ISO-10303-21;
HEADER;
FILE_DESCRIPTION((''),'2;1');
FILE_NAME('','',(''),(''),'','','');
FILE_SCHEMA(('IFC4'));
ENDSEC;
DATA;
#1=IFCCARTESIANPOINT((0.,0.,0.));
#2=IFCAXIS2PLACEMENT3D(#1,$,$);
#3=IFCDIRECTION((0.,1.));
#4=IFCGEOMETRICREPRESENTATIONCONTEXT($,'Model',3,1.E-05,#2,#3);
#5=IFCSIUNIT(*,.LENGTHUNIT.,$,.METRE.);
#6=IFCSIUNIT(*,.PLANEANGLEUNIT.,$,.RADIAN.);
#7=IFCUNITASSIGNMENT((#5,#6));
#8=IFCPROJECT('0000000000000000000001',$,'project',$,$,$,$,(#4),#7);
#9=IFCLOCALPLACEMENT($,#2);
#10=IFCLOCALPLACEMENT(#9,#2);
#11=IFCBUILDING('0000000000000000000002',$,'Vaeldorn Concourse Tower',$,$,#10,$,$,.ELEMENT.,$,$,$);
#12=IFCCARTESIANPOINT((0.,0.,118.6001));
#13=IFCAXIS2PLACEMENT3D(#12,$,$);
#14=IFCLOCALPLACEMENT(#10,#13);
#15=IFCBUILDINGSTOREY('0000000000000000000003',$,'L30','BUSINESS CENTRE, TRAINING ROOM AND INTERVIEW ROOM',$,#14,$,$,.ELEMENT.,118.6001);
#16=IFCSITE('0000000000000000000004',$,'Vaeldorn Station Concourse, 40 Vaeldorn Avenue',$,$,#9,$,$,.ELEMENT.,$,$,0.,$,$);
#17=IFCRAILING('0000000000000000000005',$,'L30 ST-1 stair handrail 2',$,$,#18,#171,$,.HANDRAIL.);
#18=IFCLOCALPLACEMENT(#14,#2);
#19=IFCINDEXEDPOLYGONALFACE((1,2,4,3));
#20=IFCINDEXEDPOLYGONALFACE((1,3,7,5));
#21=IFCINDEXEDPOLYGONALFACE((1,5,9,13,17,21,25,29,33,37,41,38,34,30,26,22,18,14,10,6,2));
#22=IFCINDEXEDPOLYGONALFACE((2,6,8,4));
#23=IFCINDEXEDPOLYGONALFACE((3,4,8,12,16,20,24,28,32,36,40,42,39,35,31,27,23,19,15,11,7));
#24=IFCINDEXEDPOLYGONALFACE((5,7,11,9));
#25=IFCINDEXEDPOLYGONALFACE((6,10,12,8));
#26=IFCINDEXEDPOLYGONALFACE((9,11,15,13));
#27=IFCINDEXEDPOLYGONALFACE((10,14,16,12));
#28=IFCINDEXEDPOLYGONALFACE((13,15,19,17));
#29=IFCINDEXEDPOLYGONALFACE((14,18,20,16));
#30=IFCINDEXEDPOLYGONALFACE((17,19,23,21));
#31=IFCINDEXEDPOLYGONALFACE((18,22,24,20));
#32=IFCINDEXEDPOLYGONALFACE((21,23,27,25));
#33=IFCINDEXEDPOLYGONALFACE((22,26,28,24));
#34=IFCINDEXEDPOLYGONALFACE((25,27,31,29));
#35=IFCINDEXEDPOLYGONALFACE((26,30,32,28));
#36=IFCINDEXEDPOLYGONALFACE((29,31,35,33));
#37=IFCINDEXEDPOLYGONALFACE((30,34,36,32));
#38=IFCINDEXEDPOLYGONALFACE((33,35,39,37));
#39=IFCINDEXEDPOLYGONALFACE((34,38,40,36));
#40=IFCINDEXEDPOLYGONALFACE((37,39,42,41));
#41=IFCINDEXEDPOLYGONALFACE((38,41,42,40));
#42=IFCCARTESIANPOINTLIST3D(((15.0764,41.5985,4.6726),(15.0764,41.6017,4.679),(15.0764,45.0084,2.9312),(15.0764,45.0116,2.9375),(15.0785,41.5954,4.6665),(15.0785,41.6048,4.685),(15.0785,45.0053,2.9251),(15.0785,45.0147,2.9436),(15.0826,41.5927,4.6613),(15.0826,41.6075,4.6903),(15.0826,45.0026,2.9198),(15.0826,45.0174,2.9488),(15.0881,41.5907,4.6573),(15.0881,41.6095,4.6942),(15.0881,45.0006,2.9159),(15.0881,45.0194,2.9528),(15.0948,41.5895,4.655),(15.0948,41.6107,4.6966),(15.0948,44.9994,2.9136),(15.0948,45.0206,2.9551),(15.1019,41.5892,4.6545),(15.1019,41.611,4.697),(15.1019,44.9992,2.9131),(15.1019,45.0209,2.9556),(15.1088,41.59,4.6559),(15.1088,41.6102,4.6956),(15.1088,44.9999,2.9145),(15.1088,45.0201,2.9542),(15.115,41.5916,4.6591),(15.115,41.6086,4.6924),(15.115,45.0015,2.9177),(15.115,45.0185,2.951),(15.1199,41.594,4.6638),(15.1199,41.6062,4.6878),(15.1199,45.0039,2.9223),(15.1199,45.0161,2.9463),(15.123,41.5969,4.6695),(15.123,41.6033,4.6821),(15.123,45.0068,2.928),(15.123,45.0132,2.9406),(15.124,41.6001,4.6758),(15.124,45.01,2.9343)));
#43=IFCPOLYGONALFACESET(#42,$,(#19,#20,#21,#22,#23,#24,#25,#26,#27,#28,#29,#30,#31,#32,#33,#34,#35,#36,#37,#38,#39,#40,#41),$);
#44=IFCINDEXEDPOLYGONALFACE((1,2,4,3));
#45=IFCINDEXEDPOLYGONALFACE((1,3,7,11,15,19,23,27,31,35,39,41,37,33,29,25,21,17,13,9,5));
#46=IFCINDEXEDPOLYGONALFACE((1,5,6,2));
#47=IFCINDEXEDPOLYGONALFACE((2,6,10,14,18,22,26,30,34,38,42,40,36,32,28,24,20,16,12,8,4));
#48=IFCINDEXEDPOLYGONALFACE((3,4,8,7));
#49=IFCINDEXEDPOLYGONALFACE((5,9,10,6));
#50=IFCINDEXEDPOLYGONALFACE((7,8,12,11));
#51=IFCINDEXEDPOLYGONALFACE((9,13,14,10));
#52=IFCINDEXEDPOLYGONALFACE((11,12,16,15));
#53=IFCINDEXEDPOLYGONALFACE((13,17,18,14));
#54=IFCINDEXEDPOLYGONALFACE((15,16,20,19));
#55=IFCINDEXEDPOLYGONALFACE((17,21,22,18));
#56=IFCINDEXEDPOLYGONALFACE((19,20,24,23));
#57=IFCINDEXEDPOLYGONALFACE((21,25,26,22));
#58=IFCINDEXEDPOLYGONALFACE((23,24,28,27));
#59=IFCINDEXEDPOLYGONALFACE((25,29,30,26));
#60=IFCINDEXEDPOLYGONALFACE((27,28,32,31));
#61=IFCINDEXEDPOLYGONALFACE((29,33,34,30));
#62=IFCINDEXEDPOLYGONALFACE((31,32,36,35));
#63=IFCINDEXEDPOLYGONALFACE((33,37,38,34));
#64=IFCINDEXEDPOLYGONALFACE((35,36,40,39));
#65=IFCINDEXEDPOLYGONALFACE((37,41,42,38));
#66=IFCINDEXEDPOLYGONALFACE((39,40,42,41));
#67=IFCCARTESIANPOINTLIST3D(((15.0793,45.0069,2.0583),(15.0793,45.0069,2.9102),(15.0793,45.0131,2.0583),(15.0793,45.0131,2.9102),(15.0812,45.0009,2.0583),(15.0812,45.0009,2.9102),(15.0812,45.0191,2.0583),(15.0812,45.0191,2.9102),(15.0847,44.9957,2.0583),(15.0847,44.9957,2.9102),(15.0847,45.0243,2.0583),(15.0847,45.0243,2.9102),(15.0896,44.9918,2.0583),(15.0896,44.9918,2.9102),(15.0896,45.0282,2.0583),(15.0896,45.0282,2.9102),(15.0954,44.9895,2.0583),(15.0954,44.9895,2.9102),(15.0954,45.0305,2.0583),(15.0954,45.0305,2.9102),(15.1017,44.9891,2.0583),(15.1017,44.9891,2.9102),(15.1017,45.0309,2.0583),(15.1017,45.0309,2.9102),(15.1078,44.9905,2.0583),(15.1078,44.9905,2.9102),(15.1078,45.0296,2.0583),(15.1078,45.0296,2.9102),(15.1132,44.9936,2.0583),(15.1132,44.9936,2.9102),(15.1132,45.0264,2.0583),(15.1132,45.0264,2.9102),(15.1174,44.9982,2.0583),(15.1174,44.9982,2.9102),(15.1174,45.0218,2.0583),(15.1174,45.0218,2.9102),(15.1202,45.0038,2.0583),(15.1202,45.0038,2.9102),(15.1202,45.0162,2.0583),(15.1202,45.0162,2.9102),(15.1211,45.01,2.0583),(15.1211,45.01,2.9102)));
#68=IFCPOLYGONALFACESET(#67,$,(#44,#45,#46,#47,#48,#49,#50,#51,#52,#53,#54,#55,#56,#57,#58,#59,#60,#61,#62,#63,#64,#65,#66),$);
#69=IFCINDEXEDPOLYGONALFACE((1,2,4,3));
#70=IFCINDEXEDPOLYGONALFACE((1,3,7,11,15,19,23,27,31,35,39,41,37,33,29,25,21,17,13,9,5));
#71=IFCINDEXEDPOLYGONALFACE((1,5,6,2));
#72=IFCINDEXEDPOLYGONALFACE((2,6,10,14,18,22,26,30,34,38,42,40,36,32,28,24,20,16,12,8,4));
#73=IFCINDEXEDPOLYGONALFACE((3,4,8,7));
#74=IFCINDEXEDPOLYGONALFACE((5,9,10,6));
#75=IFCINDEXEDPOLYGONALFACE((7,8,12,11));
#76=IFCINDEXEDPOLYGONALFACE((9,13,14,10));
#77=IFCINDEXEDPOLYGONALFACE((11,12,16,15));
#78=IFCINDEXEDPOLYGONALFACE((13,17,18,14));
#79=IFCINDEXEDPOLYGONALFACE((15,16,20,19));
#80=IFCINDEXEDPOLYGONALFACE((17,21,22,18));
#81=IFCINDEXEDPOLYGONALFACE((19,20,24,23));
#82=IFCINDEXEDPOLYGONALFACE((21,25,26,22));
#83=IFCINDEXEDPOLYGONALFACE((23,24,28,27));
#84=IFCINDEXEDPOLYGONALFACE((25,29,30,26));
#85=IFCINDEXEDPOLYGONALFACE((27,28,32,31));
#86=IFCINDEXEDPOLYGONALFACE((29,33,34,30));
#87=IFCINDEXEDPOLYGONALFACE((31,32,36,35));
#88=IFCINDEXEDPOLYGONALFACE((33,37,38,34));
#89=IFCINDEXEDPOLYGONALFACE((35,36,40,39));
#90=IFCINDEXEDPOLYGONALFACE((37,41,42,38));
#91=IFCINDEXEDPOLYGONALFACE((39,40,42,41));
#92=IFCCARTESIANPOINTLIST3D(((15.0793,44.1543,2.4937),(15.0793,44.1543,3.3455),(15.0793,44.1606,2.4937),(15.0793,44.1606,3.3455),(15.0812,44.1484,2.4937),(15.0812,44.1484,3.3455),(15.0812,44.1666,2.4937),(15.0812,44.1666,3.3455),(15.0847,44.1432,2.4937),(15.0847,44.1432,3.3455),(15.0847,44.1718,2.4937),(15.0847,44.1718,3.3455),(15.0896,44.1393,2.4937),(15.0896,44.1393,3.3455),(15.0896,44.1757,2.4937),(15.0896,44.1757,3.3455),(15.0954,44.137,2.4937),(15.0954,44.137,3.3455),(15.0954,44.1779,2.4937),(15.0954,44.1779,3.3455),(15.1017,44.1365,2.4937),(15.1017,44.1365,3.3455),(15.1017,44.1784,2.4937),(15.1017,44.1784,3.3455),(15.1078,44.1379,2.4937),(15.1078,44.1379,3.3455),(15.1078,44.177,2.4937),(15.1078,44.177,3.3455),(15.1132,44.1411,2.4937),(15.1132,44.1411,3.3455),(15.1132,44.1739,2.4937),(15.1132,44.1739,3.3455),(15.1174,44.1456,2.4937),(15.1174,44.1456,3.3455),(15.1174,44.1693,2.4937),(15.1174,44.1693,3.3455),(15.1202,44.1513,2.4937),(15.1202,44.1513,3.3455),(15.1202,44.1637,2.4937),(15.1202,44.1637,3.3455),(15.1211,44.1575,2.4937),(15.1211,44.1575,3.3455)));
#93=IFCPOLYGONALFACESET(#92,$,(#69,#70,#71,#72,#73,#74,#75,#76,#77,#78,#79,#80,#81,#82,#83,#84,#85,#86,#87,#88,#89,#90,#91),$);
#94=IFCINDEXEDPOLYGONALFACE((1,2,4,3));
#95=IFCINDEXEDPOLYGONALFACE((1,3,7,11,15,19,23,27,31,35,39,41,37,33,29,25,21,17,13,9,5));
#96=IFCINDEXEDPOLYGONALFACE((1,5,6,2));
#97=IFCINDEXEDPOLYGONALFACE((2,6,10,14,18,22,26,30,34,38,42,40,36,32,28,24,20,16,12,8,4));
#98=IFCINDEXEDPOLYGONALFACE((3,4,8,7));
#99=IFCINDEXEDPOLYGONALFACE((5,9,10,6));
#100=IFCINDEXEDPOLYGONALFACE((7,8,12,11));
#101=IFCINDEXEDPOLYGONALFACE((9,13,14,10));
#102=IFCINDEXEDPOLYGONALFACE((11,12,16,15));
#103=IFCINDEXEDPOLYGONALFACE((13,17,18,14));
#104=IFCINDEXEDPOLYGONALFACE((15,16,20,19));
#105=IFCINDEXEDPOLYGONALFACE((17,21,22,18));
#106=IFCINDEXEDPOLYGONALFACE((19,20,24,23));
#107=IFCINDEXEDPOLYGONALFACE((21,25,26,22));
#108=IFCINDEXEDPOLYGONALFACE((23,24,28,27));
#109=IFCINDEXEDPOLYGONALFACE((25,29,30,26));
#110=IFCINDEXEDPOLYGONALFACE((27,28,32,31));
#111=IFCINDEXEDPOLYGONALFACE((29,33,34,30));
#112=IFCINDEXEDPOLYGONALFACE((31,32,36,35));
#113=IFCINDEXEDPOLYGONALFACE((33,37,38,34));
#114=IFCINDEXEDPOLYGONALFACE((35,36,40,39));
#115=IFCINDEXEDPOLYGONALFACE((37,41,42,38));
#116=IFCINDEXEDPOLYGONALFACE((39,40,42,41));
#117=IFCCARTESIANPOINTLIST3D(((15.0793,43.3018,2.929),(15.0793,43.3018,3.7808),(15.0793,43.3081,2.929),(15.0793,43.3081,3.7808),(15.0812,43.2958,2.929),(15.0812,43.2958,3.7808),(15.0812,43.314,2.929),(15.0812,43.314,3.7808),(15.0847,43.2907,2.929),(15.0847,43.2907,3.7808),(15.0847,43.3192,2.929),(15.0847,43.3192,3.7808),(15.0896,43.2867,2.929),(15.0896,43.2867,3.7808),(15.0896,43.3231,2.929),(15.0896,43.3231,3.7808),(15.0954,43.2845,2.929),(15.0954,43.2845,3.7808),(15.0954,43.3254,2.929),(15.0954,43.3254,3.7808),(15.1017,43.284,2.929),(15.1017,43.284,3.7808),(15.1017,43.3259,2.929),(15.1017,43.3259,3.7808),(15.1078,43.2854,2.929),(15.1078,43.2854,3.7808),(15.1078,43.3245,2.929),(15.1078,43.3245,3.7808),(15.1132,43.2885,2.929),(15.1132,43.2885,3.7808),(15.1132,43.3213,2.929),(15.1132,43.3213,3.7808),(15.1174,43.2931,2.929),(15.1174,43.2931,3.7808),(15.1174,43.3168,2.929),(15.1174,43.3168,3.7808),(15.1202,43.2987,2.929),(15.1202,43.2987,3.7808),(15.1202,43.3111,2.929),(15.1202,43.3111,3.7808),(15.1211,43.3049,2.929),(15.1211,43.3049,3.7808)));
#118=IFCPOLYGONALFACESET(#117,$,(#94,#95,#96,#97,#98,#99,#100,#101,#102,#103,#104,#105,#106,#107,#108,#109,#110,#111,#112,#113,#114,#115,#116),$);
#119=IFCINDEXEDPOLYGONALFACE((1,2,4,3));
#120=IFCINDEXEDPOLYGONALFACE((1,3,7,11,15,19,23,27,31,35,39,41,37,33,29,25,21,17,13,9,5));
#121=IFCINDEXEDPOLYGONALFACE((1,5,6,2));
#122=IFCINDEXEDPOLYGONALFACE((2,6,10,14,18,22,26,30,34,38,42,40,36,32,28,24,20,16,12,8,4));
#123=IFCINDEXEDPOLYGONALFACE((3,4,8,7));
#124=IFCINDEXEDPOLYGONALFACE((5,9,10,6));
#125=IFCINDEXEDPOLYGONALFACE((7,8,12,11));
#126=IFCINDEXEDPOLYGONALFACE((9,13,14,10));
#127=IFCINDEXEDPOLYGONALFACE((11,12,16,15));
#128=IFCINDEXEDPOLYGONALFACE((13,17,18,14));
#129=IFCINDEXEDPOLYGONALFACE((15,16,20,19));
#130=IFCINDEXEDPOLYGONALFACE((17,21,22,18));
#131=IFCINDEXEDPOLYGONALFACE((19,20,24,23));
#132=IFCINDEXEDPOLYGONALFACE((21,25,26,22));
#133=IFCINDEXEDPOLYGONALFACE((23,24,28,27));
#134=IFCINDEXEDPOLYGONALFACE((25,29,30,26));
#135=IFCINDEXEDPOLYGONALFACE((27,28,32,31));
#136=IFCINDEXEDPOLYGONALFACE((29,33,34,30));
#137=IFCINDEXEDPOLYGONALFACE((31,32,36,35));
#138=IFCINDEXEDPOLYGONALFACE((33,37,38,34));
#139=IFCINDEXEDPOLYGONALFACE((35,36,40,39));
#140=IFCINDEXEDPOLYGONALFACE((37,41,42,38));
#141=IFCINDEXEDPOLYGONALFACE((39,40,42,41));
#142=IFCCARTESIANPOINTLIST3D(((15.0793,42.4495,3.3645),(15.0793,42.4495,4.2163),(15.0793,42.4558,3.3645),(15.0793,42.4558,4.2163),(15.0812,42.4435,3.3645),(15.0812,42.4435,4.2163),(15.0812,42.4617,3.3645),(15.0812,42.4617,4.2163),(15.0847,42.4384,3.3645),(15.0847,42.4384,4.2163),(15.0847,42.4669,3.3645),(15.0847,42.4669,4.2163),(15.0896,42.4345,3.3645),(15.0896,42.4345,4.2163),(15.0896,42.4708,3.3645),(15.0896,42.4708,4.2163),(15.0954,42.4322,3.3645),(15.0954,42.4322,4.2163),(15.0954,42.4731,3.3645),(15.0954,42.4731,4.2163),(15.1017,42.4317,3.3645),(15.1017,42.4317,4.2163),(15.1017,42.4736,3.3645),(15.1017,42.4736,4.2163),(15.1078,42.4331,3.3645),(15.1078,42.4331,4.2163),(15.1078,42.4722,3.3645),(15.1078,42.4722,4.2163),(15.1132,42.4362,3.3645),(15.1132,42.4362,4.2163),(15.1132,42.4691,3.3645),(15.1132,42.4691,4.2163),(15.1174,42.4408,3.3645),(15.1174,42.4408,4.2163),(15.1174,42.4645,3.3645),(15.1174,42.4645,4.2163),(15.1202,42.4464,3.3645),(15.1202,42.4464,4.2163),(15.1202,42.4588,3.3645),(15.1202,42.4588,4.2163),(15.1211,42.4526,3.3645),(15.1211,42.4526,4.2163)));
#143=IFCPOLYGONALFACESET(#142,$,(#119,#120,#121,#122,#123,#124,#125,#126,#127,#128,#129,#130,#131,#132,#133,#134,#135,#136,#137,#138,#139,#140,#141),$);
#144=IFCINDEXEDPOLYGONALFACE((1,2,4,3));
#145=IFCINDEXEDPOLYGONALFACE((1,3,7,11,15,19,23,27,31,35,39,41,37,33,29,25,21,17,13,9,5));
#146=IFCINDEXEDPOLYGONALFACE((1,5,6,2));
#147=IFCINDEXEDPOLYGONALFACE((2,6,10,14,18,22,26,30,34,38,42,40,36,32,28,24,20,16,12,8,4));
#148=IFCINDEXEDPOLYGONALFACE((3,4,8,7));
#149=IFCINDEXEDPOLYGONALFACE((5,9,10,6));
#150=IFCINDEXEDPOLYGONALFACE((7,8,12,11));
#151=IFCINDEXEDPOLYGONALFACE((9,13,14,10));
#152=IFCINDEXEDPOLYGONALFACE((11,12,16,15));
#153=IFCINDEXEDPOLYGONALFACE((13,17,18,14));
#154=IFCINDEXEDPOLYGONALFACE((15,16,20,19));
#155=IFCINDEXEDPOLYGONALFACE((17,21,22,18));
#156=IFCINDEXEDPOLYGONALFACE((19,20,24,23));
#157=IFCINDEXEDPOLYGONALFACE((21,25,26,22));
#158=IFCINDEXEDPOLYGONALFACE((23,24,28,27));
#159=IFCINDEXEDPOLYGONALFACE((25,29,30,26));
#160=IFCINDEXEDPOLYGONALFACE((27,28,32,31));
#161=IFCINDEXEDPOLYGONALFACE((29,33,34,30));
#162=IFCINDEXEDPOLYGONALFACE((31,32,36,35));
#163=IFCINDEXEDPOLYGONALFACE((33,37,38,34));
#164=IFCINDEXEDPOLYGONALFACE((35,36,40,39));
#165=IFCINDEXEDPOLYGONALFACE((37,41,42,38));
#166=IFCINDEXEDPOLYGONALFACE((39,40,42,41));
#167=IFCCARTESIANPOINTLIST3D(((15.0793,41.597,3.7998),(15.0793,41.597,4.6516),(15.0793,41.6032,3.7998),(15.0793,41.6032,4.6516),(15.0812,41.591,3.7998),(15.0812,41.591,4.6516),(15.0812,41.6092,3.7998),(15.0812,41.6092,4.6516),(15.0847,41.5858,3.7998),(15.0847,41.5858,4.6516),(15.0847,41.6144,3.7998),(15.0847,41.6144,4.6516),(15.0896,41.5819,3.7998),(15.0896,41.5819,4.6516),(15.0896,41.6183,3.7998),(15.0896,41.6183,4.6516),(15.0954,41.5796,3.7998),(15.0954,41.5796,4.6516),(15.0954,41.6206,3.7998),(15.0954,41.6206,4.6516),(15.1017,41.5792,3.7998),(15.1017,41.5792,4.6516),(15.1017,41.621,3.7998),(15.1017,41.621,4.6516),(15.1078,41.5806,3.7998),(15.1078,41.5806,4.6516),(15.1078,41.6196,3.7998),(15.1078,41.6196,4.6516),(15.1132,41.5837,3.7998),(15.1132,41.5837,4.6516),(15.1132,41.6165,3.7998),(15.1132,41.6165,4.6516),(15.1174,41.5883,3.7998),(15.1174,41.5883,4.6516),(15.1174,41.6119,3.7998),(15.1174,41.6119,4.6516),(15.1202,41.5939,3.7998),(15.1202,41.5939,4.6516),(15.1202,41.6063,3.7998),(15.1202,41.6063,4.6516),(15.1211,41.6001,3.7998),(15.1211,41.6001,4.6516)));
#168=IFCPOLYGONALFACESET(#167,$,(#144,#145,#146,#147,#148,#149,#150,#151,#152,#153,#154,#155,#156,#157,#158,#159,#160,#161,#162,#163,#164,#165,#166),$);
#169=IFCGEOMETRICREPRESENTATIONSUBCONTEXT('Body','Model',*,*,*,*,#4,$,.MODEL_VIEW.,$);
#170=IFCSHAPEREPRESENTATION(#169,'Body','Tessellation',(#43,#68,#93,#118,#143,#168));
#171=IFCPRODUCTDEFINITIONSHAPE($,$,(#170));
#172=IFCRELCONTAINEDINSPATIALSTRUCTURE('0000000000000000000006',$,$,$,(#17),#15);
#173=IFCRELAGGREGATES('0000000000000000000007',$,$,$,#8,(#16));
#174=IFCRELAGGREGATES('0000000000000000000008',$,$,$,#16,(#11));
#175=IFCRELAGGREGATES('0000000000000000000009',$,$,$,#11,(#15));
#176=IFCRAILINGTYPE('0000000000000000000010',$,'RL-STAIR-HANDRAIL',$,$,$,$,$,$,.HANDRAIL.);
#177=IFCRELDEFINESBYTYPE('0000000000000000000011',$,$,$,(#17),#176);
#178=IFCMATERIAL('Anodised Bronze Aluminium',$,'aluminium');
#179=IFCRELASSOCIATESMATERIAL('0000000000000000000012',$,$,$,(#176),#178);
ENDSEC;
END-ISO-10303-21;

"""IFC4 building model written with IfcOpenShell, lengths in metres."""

from ifc_helpers import new_model, si_unit, direction, frame, origin, origin_2d, place, context, subcontext, project, spatial, circle, extrude, material, type_object, element, save


model = new_model("IFC4")

# Units and contexts
model_context = context("Model", 3, precision=1e-05, world=origin(), true_north=direction((0.0, 1.0)))
body_context = subcontext(model_context, "Body", "Model", "MODEL_VIEW")
ifc_project = project(units=[si_unit("LENGTHUNIT", "METRE"), si_unit("PLANEANGLEUNIT", "RADIAN")], contexts=[model_context])

# Site, building, storey
site_placement = place(None, origin())
site = spatial("IfcSite", under=ifc_project, at=site_placement, Name="Vaeldorn Station Concourse, 40 Vaeldorn Avenue", CompositionType="ELEMENT", RefElevation=0.0)
building_placement = place(site_placement, origin())
building = spatial("IfcBuilding", under=site, at=building_placement, Name="Vaeldorn Concourse Tower", CompositionType="ELEMENT")
storey_placement = place(building_placement, frame((0.0, 0.0, 118.6001)))
storey = spatial("IfcBuildingStorey", under=building, at=storey_placement, Name="L30", Description="BUSINESS CENTRE, TRAINING ROOM AND INTERVIEW ROOM", CompositionType="ELEMENT", Elevation=118.6001)

# Shared definitions
ifc_material_1 = material(Name="Anodised Bronze Aluminium", Category="aluminium")

# Railing
railing_type_1 = type_object("IfcRailingType", Name="RL-STAIR-HANDRAIL", PredefinedType="HANDRAIL", material=ifc_material_1)
railing_1_placement = place(storey_placement, frame((15.1001, 45.01, 2.0583)))
element("IfcRailing", 1, at=railing_1_placement, inside=storey, type_object=railing_type_1, Name="L30 ST-1 stair handrail 2", PredefinedType="HANDRAIL", context=body_context, shape_type="SweptSolid", body=[
    extrude(circle(Radius=0.0239, at=origin_2d()), frame((0.0, 0.0, 0.876), z_axis=(0.0, -0.890582, 0.454823), x_axis=(1.0, 0.0, 0.0)), (0.0, 0.0, 1.0), 3.8289),
    extrude(circle(Radius=0.021, at=origin_2d()), origin(), (0.0, 0.0, 1.0), 0.8518),
    extrude(circle(Radius=0.021, at=origin_2d()), frame((0.0, -0.8525, 0.4353)), (0.0, 0.0, 1.0), 0.8518),
    extrude(circle(Radius=0.021, at=origin_2d()), frame((0.0, -1.7051, 0.8706)), (0.0, 0.0, 1.0), 0.8518),
    extrude(circle(Radius=0.021, at=origin_2d()), frame((0.0, -2.5574, 1.3062)), (0.0, 0.0, 1.0), 0.8518),
    extrude(circle(Radius=0.021, at=origin_2d()), frame((0.0, -3.4099, 1.7415)), (0.0, 0.0, 1.0), 0.8518),
])

save(model, "model.ifc")
